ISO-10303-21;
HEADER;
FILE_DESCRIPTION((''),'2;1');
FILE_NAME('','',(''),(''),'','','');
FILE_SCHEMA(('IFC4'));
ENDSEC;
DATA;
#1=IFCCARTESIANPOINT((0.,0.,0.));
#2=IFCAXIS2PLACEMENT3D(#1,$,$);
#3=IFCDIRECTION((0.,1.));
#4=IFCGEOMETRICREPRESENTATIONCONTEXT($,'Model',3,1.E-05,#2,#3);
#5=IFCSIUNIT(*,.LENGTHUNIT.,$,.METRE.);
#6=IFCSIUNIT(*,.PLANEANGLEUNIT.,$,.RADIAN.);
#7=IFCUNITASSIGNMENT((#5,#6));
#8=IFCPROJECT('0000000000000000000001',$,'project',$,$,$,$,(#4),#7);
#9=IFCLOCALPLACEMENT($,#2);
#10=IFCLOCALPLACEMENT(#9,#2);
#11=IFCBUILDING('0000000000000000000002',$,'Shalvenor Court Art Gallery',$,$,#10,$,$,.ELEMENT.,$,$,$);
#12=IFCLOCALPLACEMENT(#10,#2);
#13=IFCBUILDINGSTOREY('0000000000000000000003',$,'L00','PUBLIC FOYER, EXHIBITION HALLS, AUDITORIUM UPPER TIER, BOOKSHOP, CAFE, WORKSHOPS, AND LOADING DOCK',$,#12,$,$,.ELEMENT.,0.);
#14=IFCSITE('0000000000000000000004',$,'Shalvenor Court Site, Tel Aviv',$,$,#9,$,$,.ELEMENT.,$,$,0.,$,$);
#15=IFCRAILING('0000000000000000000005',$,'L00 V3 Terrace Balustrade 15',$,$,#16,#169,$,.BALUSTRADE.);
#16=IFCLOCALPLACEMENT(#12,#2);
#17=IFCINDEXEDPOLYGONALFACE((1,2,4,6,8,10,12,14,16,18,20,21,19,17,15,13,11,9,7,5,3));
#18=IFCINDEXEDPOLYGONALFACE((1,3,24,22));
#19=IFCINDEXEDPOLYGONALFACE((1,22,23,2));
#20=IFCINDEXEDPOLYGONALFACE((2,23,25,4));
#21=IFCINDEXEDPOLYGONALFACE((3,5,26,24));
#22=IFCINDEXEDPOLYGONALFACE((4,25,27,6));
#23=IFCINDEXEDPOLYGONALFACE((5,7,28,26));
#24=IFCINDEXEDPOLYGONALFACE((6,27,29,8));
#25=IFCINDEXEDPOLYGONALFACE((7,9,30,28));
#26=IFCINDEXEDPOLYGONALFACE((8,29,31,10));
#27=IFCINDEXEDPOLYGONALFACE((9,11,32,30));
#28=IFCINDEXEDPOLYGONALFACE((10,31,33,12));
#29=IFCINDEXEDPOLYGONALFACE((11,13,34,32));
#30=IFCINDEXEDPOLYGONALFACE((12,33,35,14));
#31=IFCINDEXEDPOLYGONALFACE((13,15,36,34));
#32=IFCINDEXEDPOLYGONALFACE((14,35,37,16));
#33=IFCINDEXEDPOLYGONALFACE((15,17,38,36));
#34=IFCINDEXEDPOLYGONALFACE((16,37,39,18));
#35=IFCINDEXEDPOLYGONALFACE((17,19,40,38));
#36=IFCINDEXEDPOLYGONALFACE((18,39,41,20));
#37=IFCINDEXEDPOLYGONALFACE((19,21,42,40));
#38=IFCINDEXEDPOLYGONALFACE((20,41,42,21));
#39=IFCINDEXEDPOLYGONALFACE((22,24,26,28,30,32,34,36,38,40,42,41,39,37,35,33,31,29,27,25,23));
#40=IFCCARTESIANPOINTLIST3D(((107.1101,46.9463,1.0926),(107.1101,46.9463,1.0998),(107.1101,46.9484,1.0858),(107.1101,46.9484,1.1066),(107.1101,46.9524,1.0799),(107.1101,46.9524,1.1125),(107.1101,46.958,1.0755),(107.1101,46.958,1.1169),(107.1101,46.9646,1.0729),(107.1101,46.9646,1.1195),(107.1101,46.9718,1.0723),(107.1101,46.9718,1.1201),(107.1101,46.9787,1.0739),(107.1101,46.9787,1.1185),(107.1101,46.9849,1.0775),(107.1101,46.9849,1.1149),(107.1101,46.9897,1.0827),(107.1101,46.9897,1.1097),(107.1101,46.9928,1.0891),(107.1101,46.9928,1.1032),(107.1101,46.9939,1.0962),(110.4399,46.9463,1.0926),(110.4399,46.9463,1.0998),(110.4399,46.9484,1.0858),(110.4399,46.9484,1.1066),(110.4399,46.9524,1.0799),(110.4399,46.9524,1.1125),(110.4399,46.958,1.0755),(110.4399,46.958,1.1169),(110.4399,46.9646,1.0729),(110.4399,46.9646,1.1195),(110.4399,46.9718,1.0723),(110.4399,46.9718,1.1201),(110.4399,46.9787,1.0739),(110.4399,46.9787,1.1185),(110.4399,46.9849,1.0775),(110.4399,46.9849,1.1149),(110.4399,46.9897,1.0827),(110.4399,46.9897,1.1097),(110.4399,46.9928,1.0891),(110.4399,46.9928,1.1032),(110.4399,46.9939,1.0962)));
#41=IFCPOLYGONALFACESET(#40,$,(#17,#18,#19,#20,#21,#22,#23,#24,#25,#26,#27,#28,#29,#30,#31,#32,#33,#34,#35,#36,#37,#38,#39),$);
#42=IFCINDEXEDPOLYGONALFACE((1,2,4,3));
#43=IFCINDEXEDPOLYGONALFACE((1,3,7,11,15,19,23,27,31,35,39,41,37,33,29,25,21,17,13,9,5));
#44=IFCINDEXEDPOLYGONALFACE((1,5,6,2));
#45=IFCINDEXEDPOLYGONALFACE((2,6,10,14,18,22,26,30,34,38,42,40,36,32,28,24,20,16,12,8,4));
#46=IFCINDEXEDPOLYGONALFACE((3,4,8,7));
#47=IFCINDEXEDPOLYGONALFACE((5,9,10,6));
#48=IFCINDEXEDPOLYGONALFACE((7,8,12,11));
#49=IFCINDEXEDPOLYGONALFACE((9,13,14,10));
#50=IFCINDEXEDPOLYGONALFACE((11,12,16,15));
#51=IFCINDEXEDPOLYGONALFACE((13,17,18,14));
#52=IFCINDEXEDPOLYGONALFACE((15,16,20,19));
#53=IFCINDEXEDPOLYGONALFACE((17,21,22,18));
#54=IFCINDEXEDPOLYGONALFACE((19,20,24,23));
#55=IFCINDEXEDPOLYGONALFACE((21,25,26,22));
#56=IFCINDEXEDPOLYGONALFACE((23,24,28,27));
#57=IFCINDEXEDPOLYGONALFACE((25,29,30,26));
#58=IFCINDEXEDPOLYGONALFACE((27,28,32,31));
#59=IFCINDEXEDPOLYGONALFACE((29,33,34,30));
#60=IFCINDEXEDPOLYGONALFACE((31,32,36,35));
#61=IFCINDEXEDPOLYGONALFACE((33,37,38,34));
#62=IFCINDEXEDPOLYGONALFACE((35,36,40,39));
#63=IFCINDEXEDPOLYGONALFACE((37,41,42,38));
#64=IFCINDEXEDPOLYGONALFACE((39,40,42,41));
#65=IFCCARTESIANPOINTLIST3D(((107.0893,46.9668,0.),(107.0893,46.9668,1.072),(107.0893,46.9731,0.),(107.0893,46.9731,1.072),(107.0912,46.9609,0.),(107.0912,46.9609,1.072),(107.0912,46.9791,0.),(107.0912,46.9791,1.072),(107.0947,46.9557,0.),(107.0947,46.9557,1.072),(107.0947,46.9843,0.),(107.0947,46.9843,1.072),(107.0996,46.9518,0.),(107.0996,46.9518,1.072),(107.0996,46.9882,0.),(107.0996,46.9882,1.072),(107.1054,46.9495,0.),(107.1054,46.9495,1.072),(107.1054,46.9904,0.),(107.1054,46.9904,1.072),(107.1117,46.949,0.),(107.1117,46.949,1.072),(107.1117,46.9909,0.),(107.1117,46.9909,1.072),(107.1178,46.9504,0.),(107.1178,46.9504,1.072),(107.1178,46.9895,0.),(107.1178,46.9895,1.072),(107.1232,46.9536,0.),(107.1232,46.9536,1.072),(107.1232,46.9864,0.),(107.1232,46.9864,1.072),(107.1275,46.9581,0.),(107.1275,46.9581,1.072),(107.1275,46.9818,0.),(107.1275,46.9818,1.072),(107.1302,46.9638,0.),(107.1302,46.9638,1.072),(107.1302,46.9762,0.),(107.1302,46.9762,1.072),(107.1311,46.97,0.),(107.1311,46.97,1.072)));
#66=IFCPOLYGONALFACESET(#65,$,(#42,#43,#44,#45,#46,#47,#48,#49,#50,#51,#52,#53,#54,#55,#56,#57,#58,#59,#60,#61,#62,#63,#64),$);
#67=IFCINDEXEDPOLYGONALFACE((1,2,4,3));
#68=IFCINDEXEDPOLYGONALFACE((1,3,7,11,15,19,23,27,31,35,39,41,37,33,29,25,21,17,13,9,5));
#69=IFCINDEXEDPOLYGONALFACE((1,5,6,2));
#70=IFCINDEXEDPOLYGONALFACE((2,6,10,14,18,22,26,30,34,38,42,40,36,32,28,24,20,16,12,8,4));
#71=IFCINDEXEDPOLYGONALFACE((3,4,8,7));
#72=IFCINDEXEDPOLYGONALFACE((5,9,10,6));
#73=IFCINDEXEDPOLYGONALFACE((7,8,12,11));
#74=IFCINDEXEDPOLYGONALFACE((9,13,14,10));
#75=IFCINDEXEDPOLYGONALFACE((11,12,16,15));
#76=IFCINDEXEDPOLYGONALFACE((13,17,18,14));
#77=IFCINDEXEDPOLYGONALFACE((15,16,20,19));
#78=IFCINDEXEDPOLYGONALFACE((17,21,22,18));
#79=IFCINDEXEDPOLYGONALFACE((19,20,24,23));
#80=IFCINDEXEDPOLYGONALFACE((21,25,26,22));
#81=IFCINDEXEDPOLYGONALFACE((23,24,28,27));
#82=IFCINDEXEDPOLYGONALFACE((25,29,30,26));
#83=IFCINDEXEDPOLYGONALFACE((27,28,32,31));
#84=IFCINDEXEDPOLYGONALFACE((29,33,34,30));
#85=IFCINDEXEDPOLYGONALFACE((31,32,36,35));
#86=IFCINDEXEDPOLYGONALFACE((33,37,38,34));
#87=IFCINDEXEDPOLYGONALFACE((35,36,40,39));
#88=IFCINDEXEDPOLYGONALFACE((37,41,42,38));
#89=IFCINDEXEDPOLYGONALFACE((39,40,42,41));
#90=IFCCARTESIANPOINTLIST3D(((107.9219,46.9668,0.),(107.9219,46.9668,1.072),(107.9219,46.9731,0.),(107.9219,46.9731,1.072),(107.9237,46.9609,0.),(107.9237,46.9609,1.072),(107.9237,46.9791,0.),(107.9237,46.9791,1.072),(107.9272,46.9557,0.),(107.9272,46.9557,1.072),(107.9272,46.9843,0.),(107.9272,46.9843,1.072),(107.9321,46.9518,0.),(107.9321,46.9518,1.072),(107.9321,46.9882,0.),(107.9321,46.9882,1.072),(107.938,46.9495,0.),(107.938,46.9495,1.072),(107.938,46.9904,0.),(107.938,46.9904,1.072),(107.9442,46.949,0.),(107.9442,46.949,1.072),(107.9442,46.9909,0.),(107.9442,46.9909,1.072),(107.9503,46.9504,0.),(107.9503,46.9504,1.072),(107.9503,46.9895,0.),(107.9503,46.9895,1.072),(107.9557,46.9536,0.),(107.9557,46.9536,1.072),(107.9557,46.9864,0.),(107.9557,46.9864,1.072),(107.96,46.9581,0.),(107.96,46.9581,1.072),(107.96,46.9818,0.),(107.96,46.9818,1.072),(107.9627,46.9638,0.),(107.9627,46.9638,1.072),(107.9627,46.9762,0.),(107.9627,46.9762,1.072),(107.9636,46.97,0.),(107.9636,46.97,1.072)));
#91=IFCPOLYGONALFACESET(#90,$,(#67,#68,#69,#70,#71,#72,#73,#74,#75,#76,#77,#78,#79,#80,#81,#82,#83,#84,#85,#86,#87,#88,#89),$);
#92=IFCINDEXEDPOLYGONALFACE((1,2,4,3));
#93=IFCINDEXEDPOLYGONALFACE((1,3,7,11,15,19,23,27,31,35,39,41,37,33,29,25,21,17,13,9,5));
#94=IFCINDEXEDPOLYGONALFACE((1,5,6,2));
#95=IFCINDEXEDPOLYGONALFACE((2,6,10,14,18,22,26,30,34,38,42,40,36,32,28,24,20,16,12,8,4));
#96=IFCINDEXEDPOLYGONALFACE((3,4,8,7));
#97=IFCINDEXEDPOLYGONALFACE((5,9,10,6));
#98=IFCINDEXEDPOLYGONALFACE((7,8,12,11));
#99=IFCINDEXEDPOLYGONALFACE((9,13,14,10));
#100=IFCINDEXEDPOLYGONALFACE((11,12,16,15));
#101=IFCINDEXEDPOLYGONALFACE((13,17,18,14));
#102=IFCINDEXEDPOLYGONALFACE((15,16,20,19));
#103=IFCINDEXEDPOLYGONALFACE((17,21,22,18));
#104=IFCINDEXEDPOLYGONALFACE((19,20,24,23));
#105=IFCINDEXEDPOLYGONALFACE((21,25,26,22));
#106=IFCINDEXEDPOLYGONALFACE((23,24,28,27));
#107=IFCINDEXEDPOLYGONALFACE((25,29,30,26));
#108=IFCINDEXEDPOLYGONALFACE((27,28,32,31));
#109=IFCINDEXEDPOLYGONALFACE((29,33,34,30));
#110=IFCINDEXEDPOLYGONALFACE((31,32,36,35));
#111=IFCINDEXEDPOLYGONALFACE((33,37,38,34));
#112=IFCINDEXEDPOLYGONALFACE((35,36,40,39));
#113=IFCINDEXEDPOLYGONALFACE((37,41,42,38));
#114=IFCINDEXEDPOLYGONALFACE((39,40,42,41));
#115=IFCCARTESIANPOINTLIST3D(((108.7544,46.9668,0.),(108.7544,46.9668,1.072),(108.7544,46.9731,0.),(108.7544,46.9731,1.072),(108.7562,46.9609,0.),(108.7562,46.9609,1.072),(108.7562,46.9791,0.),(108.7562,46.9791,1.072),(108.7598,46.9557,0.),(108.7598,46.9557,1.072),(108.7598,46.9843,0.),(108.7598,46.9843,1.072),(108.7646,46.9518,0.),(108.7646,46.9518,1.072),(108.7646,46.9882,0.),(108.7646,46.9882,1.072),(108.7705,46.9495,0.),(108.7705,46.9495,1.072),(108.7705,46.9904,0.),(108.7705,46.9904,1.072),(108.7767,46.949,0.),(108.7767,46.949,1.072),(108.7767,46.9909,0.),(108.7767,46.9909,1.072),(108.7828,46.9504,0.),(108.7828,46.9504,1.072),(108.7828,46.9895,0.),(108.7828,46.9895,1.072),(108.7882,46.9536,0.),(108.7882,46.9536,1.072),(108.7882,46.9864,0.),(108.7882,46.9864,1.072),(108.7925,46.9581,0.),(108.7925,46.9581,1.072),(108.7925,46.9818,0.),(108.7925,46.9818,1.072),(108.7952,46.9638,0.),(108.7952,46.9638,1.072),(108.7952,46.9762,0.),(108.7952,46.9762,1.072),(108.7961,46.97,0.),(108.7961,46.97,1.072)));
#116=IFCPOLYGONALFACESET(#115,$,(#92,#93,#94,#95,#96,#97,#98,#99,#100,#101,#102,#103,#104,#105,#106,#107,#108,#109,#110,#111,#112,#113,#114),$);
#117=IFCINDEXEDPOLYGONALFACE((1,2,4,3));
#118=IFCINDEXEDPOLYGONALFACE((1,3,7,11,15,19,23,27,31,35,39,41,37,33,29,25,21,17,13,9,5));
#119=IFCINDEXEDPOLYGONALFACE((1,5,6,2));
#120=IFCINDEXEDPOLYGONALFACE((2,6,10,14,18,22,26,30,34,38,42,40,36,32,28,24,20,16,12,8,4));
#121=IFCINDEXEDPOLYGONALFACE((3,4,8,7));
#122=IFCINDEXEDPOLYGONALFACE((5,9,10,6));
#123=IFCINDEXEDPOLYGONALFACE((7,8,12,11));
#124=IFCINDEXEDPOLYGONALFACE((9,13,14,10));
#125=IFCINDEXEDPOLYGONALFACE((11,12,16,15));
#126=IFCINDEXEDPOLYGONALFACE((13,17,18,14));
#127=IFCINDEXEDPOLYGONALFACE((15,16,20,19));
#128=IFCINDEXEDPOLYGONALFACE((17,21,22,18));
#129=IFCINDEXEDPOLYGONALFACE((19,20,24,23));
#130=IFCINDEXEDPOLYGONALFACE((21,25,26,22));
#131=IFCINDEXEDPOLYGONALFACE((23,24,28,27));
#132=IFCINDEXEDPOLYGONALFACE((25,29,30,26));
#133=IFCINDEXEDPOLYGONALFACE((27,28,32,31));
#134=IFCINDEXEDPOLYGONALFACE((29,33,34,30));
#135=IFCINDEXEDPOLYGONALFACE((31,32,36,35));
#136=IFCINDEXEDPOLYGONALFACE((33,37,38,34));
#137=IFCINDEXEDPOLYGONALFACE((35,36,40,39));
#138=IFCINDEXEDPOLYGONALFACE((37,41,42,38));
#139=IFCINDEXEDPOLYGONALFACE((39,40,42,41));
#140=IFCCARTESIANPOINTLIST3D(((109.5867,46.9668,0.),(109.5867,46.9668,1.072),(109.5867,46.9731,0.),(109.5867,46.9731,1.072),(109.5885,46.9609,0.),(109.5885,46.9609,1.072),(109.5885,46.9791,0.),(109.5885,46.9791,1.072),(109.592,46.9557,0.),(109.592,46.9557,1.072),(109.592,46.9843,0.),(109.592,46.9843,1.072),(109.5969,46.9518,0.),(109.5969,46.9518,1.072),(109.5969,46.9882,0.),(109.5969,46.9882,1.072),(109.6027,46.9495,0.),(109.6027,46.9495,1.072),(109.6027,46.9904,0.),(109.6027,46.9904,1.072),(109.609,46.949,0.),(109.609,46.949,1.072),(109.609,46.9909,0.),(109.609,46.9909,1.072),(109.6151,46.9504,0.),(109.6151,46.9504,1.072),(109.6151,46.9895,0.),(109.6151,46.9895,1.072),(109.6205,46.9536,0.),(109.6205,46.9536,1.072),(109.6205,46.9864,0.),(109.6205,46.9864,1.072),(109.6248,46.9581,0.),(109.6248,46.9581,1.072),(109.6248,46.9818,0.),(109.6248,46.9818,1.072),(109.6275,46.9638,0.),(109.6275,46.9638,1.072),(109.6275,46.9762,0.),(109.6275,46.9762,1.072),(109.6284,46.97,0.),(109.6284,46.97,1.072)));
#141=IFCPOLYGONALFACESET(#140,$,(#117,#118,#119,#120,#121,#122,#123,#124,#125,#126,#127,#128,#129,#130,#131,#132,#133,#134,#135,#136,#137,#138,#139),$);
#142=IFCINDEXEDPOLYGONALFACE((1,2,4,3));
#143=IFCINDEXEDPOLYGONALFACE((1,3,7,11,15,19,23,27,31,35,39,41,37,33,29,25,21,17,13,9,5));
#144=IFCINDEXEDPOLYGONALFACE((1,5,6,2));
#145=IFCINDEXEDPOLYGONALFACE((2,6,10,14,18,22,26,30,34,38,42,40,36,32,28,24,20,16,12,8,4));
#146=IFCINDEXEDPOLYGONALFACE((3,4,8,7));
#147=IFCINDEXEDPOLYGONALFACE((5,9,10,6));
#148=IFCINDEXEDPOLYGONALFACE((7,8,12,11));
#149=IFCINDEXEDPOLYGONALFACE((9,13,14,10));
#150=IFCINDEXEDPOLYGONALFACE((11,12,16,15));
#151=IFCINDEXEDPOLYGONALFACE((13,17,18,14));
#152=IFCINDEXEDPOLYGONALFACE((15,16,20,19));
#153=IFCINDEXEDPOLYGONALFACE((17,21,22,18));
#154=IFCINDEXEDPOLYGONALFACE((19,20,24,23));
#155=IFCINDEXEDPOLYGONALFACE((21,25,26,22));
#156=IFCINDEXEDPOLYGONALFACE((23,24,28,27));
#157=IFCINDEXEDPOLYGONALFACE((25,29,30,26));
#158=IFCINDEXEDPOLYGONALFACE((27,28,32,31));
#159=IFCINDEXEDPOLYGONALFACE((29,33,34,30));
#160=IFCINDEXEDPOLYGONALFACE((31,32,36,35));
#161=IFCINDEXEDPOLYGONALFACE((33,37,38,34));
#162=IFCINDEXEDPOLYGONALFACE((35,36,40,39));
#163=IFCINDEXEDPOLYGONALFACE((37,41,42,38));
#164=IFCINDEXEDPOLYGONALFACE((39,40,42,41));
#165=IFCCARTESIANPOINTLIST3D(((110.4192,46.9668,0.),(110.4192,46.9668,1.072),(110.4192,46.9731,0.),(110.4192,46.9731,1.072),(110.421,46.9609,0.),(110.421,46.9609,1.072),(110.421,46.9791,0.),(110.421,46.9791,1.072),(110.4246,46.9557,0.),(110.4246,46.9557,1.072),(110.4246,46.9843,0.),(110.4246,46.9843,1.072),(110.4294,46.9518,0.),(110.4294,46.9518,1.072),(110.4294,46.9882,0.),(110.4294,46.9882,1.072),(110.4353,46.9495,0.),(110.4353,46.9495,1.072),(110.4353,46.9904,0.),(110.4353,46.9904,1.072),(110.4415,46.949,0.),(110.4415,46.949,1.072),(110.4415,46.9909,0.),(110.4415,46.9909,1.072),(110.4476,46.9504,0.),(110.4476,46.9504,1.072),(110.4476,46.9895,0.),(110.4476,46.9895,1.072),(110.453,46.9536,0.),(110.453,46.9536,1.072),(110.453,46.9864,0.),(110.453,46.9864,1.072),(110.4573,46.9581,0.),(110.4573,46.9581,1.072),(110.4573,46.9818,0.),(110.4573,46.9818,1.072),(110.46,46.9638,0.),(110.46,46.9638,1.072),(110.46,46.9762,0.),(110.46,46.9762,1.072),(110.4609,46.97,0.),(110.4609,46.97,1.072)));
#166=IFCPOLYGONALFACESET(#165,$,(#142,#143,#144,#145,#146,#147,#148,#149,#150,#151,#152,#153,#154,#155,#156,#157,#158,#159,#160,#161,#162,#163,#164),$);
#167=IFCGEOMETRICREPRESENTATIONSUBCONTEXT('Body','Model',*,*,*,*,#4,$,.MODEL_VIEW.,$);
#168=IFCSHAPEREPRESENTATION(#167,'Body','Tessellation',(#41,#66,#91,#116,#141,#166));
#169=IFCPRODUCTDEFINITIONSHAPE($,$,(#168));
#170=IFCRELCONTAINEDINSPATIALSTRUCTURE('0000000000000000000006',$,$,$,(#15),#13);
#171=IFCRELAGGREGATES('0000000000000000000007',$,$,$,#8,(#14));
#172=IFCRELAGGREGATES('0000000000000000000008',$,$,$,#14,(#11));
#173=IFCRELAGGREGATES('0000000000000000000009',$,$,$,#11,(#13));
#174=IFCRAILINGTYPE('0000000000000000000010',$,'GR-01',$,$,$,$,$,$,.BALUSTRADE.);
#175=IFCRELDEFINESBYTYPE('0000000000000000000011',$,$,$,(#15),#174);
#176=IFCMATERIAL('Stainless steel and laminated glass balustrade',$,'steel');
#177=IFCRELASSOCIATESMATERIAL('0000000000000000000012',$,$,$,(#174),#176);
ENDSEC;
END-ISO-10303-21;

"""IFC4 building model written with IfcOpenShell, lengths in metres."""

from ifc_helpers import new_model, si_unit, direction, frame, origin, origin_2d, place, context, subcontext, project, spatial, circle, extrude, material, type_object, element, save


model = new_model("IFC4")

# Units and contexts
model_context = context("Model", 3, precision=1e-05, world=origin(), true_north=direction((0.0, 1.0)))
body_context = subcontext(model_context, "Body", "Model", "MODEL_VIEW")
ifc_project = project(units=[si_unit("LENGTHUNIT", "METRE"), si_unit("PLANEANGLEUNIT", "RADIAN")], contexts=[model_context])

# Site, building, storey
site_placement = place(None, origin())
site = spatial("IfcSite", under=ifc_project, at=site_placement, Name="Shalvenor Court Site, Tel Aviv", CompositionType="ELEMENT", RefElevation=0.0)
building_placement = place(site_placement, origin())
building = spatial("IfcBuilding", under=site, at=building_placement, Name="Shalvenor Court Art Gallery", CompositionType="ELEMENT")
storey_placement = place(building_placement, origin())
storey = spatial("IfcBuildingStorey", under=building, at=storey_placement, Name="L00", Description="PUBLIC FOYER, EXHIBITION HALLS, AUDITORIUM UPPER TIER, BOOKSHOP, CAFE, WORKSHOPS, AND LOADING DOCK", CompositionType="ELEMENT", Elevation=0.0)

# Railing
ifc_material_1 = material(Name="Stainless steel and laminated glass balustrade", Category="steel")
railing_type = type_object("IfcRailingType", Name="GR-01", PredefinedType="BALUSTRADE", material=ifc_material_1)
railing_1_placement = place(storey_placement, frame((107.1101, 46.97, 0.0)))
element("IfcRailing", 1, at=railing_1_placement, inside=storey, type_object=railing_type, Name="L00 V3 Terrace Balustrade 15", PredefinedType="BALUSTRADE", context=body_context, shape_type="SweptSolid", body=[
    extrude(circle(Radius=0.0239, at=origin_2d()), frame((0.0, 0.0, 1.0962), z_axis=(1.0, 0.0, 0.0), x_axis=(0.0, 1.0, 0.0)), (0.0, 0.0, 1.0), 3.3298),
    extrude(circle(Radius=0.021, at=origin_2d()), origin(), (0.0, 0.0, 1.0), 1.072),
    extrude(circle(Radius=0.021, at=origin_2d()), frame((0.8325, 0.0, 0.0)), (0.0, 0.0, 1.0), 1.072),
    extrude(circle(Radius=0.021, at=origin_2d()), frame((1.665, 0.0, 0.0)), (0.0, 0.0, 1.0), 1.072),
    extrude(circle(Radius=0.021, at=origin_2d()), frame((2.4973, 0.0, 0.0)), (0.0, 0.0, 1.0), 1.072),
    extrude(circle(Radius=0.021, at=origin_2d()), frame((3.3298, 0.0, 0.0)), (0.0, 0.0, 1.0), 1.072),
])

save(model, "model.ifc")
